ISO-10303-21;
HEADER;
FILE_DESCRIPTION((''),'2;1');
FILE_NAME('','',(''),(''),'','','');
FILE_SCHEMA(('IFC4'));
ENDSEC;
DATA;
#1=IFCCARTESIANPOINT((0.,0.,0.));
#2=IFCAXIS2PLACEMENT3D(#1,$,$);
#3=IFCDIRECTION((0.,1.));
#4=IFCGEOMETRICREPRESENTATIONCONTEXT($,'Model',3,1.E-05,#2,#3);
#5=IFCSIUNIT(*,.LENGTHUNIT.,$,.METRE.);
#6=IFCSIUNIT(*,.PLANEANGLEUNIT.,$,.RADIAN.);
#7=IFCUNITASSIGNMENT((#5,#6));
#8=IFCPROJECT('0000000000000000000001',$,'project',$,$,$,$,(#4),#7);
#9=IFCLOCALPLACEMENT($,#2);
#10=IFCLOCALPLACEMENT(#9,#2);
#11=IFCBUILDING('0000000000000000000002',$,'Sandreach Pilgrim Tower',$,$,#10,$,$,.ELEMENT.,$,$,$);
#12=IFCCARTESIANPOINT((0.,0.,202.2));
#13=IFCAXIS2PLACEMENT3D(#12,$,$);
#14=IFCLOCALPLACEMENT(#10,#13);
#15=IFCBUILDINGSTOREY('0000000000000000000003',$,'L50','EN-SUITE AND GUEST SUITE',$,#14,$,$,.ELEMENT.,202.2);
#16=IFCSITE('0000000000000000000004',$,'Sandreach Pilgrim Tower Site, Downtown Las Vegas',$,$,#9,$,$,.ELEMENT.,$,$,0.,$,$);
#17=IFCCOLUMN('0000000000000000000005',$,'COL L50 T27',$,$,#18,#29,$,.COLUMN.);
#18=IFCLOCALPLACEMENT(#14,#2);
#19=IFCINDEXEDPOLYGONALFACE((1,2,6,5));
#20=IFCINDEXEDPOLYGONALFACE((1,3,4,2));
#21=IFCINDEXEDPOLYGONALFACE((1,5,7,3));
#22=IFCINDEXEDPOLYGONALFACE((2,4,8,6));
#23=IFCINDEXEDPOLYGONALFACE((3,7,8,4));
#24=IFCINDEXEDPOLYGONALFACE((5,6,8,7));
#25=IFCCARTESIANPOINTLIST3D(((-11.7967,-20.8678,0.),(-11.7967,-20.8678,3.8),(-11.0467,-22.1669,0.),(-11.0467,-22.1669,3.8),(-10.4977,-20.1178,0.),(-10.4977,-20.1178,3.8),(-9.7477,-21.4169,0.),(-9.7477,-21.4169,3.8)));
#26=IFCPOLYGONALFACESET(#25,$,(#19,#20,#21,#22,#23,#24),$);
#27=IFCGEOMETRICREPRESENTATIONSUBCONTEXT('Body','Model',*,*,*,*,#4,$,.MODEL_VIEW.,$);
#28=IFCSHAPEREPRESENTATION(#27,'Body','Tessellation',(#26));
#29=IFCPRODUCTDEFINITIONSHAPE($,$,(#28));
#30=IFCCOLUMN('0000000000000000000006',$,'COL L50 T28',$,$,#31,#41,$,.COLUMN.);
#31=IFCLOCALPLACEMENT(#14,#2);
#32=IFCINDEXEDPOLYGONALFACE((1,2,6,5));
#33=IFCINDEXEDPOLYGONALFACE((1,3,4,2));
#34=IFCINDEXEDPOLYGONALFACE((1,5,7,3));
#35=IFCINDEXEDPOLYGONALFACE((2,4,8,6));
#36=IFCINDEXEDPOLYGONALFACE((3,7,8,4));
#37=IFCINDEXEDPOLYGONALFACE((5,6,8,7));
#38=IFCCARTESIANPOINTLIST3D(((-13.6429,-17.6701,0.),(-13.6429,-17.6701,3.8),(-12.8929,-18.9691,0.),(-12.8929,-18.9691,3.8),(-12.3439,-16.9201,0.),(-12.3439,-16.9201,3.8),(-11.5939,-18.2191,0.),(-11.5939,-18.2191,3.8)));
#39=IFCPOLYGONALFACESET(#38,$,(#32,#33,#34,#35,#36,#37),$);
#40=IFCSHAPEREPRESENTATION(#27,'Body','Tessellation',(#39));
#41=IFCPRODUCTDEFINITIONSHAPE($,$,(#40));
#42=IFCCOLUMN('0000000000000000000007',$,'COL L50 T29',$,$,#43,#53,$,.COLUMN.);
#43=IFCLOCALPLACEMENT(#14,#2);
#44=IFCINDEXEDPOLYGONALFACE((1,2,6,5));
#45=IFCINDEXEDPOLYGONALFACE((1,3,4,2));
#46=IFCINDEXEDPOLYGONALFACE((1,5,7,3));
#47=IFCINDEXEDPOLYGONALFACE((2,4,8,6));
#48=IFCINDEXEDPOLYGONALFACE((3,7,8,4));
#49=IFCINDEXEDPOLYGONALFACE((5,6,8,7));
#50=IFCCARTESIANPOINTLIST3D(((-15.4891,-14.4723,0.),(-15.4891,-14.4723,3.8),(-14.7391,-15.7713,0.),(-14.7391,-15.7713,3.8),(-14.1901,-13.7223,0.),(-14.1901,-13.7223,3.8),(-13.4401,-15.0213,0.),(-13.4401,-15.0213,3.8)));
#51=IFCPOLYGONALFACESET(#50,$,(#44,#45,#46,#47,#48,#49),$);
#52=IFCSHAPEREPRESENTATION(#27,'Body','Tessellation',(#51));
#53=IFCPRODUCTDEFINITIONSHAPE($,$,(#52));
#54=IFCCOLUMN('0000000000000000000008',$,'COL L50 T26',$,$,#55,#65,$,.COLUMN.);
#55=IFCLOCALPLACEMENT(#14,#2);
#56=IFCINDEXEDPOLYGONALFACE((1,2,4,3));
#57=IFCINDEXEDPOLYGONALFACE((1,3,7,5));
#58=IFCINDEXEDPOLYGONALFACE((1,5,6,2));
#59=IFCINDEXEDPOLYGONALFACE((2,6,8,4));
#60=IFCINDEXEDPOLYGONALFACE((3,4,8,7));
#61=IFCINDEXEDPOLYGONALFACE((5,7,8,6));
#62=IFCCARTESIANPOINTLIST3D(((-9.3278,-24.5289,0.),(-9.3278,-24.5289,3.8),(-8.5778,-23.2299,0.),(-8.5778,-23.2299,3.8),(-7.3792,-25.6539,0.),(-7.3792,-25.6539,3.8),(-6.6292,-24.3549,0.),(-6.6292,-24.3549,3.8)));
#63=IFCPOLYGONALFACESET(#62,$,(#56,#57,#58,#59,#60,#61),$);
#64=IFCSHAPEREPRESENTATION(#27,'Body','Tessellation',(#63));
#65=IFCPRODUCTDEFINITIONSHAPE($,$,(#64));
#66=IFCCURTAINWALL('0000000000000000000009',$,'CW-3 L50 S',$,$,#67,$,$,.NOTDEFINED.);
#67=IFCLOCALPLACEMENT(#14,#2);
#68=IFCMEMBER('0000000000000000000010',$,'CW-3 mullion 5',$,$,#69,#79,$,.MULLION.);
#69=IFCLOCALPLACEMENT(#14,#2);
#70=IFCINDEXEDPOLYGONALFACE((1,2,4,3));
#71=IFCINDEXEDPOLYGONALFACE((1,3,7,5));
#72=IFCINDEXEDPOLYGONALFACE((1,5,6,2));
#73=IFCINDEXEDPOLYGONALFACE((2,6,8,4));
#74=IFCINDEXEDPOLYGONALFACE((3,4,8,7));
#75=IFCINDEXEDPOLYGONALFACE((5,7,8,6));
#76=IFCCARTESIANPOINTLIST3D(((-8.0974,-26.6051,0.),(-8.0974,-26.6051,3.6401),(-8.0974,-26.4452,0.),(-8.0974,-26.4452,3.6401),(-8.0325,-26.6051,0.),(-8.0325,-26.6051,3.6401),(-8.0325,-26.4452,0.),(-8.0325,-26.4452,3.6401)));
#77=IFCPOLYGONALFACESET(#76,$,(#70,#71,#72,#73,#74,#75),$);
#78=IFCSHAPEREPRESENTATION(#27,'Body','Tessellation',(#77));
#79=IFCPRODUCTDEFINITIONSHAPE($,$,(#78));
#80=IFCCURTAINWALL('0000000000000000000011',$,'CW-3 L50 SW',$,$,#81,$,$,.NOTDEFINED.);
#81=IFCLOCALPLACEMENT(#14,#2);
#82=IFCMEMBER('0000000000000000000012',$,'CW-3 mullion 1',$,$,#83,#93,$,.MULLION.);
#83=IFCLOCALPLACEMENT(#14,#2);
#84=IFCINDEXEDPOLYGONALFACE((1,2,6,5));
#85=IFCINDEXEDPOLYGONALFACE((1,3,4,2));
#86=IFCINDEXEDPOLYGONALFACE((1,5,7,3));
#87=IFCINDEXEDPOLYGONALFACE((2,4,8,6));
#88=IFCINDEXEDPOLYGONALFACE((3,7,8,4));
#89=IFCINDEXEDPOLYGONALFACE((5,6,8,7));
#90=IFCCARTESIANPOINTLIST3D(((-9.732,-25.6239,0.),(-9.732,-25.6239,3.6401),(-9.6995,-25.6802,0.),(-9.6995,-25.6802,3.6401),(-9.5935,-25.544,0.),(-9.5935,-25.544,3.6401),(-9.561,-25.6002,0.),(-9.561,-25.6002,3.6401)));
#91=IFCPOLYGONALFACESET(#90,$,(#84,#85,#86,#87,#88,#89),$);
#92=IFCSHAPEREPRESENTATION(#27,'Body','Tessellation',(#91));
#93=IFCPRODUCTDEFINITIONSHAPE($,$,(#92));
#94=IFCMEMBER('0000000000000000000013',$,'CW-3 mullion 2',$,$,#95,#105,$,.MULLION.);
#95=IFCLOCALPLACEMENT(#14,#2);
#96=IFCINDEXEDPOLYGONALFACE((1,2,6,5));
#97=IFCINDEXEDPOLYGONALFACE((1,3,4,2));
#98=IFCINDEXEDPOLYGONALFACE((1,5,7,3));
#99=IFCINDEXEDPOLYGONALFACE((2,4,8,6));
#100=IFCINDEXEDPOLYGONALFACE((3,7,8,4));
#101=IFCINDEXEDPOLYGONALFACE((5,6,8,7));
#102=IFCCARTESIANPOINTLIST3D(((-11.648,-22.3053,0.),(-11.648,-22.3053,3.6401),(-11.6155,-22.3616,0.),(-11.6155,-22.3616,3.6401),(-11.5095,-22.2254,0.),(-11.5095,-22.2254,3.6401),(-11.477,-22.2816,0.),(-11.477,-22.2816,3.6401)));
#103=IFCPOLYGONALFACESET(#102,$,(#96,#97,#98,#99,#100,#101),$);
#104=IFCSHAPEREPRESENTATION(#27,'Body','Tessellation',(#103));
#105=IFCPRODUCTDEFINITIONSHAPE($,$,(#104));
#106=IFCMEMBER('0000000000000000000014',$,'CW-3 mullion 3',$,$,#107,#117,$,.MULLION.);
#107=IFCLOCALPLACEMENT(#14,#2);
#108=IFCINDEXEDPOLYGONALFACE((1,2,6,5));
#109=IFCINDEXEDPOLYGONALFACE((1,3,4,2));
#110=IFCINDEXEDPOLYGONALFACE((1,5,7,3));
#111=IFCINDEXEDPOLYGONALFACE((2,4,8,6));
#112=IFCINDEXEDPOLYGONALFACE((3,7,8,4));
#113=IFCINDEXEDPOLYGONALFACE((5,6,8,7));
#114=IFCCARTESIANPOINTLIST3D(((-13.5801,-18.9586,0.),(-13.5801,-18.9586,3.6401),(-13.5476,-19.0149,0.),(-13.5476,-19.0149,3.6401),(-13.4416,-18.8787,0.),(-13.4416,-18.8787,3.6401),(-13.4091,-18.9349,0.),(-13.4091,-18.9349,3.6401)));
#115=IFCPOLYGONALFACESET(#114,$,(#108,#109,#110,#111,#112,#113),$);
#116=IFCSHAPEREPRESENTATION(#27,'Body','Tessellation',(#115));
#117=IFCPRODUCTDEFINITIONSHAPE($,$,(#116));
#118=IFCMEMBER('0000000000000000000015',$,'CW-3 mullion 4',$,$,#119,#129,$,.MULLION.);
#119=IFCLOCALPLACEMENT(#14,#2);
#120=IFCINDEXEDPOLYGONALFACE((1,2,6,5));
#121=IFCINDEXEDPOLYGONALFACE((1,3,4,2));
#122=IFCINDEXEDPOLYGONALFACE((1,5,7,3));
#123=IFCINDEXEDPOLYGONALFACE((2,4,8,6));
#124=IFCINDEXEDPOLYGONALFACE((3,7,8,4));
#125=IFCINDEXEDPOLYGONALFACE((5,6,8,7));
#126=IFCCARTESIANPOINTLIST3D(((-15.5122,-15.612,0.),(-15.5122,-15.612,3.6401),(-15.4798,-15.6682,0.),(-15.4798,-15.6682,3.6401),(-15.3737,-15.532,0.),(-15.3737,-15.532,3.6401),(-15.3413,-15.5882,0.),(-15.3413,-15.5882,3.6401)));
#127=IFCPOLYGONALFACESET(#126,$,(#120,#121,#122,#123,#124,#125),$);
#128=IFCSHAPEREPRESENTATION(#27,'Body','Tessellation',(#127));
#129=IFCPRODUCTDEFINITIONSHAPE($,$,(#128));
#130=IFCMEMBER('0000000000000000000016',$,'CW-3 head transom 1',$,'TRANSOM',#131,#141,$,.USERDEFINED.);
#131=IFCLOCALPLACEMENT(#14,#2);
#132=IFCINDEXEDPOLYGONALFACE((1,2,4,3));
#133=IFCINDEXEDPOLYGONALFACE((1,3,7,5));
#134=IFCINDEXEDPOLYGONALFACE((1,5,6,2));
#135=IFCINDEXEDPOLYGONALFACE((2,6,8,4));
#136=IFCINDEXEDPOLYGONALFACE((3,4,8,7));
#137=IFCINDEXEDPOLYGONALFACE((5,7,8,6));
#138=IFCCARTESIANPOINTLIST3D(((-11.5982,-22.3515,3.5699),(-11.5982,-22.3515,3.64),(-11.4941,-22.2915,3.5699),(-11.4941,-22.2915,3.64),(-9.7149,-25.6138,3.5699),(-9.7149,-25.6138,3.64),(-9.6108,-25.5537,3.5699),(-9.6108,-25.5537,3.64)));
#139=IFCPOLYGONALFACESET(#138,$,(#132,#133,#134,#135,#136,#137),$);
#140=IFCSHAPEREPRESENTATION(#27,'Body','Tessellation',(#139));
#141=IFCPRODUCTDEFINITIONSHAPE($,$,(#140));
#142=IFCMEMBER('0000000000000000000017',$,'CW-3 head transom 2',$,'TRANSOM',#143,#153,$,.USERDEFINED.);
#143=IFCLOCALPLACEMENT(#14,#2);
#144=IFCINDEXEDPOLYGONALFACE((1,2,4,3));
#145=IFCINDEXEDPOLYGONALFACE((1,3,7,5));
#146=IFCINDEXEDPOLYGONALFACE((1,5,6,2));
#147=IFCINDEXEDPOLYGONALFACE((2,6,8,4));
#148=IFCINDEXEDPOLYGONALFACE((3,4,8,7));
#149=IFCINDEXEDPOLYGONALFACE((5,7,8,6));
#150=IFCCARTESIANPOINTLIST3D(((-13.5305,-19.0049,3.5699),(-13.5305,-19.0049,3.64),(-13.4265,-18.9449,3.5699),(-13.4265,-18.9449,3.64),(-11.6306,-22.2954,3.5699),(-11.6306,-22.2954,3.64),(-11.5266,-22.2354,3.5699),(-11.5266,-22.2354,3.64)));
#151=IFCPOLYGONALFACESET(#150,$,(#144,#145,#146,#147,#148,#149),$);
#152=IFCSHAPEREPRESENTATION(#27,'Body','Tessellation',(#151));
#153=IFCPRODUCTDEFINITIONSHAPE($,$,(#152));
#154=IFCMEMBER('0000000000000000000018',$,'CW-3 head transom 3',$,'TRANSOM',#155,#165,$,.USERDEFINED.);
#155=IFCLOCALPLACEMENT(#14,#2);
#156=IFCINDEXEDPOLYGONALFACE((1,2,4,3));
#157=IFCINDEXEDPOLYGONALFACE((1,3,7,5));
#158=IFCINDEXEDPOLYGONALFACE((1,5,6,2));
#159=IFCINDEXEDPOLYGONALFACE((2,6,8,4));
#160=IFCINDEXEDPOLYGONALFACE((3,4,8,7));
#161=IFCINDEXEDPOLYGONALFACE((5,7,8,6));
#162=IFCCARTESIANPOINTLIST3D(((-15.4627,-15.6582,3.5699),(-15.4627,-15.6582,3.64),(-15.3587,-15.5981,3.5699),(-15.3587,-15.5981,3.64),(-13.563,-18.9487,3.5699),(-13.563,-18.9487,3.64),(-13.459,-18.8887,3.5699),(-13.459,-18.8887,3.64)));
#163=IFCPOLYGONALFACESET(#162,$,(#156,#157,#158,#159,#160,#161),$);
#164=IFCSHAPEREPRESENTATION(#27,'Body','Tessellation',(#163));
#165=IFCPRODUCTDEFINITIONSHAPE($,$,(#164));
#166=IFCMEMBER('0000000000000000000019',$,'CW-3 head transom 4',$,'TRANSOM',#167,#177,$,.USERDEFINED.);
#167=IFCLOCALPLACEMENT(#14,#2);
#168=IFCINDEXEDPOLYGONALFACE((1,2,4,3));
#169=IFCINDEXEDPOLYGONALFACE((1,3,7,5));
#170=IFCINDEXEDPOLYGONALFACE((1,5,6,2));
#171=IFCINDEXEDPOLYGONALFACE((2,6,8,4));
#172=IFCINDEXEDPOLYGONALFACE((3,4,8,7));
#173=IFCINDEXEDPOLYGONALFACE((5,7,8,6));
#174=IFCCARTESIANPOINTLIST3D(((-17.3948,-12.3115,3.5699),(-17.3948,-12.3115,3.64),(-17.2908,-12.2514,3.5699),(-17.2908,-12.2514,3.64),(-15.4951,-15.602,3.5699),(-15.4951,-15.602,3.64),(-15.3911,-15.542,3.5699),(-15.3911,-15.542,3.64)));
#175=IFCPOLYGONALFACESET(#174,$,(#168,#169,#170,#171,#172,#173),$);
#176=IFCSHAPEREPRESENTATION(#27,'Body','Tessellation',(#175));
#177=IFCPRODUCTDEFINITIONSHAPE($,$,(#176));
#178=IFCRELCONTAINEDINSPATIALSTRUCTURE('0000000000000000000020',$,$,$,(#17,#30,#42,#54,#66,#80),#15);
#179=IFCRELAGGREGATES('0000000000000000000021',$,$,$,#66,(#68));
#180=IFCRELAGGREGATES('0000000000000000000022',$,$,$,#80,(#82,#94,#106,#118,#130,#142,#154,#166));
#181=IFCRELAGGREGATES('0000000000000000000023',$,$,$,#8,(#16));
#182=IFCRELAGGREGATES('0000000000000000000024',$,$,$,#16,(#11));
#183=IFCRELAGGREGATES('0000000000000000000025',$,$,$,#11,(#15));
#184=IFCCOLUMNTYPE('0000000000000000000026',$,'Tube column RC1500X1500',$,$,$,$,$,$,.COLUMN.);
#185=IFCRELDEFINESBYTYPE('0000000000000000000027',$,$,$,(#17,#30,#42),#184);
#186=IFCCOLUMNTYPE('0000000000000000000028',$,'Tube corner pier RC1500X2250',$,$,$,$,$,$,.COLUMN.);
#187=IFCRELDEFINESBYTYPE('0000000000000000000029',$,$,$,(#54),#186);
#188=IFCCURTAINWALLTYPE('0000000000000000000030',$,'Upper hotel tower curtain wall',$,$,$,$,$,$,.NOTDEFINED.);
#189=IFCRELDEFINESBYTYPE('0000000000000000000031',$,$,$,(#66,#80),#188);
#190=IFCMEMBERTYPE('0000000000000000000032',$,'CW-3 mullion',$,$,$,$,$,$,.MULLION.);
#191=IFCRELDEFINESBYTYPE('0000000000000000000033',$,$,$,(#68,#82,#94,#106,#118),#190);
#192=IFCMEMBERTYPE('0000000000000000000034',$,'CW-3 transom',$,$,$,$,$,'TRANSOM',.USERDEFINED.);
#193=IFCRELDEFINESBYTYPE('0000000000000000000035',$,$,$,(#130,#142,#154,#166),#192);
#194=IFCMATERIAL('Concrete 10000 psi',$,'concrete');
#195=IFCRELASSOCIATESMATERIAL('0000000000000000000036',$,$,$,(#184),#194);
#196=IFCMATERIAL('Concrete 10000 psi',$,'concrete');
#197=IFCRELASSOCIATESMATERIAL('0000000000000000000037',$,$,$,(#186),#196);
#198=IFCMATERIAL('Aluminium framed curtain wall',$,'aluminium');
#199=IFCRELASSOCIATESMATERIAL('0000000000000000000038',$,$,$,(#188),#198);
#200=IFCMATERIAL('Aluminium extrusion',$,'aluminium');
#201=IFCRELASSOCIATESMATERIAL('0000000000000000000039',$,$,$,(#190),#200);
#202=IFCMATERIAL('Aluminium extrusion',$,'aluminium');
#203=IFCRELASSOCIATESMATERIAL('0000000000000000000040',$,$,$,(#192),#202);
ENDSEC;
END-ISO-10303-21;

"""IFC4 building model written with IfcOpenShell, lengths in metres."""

from ifc_helpers import new_model, si_unit, direction, frame, origin, origin_2d, place, context, subcontext, project, spatial, rectangle, extrude, material, material_profile, profile_set, type_object, element, aggregate, save


model = new_model("IFC4")

# Units and contexts
model_context = context("Model", 3, precision=1e-05, world=origin(), true_north=direction((0.0, 1.0)))
body_context = subcontext(model_context, "Body", "Model", "MODEL_VIEW")
ifc_project = project(units=[si_unit("LENGTHUNIT", "METRE"), si_unit("PLANEANGLEUNIT", "RADIAN")], contexts=[model_context])

# Site, building, storey
site_placement = place(None, origin())
site = spatial("IfcSite", under=ifc_project, at=site_placement, Name="Sandreach Pilgrim Tower Site, Downtown Las Vegas", CompositionType="ELEMENT", RefElevation=0.0)
building_placement = place(site_placement, origin())
building = spatial("IfcBuilding", under=site, at=building_placement, Name="Sandreach Pilgrim Tower", CompositionType="ELEMENT")
storey_placement = place(building_placement, frame((0.0, 0.0, 202.2)))
storey = spatial("IfcBuildingStorey", under=building, at=storey_placement, Name="L50", Description="EN-SUITE AND GUEST SUITE", CompositionType="ELEMENT", Elevation=202.2)

# Columns
ifc_material_1 = material(Name="Concrete 10000 psi", Category="concrete")
ifc_material_profile_1 = material_profile(ifc_material_1, rectangle(XDim=1.5, YDim=1.5, at=origin_2d()), Name="RC1500X1500")
ifc_profile_set_1 = profile_set([ifc_material_profile_1], Name="Concrete 10000 psi")
column_type_1 = type_object("IfcColumnType", Name="Tube column RC1500X1500", PredefinedType="COLUMN", material=ifc_profile_set_1)
for number, where, z_axis, x_axis, name in (
    (1, (-10.7722, -21.1423, 0.0), (0.0, 0.0, 1.0), (-0.866025, -0.5, 0.0), "COL L50 T27"),
    (2, (-12.6184, -17.9446, 0.0), (0.0, 0.0, 1.0), (-0.866025, -0.5, 0.0), "COL L50 T28"),
    (3, (-14.4646, -14.7468, 0.0), (0.0, 0.0, 1.0), (-0.866025, -0.5, 0.0), "COL L50 T29"),
):
    element("IfcColumn", number, at=place(storey_placement, frame(where, z_axis=z_axis, x_axis=x_axis)), inside=storey, type_object=column_type_1, Name=name, PredefinedType="COLUMN", context=body_context, shape_type="SweptSolid", body=[
        extrude(rectangle(XDim=1.5, YDim=1.5, at=origin_2d()), origin(), (0.0, 0.0, 1.0), 3.8),
    ])
ifc_material_2 = material(Name="Concrete 10000 psi", Category="concrete")
ifc_material_profile_2 = material_profile(ifc_material_2, rectangle(XDim=1.5, YDim=2.25, at=origin_2d()), Name="RC1500X2250")
ifc_profile_set_2 = profile_set([ifc_material_profile_2], Name="Concrete 10000 psi")
column_type_2 = type_object("IfcColumnType", Name="Tube corner pier RC1500X2250", PredefinedType="COLUMN", material=ifc_profile_set_2)
column_placement = place(storey_placement, frame((-7.9785, -24.4419, 0.0), z_axis=(0.0, 0.0, 1.0), x_axis=(-0.5, -0.866025, 0.0)))
element("IfcColumn", 4, at=column_placement, inside=storey, type_object=column_type_2, Name="COL L50 T26", PredefinedType="COLUMN", context=body_context, shape_type="SweptSolid", body=[
    extrude(rectangle(XDim=1.5, YDim=2.25, at=origin_2d()), origin(), (0.0, 0.0, 1.0), 3.8),
])

# Curtain wall, member
ifc_material_3 = material(Name="Aluminium framed curtain wall", Category="aluminium")
curtain_wall_type = type_object("IfcCurtainWallType", Name="Upper hotel tower curtain wall", PredefinedType="NOTDEFINED", material=ifc_material_3)
curtain_wall_1_placement = place(storey_placement, origin())
curtain_wall_1 = element("IfcCurtainWall", 5, at=curtain_wall_1_placement, inside=storey, type_object=curtain_wall_type, Name="CW-3 L50 S", PredefinedType="NOTDEFINED")
ifc_material_4 = material(Name="Aluminium extrusion", Category="aluminium")
ifc_material_profile_3 = material_profile(ifc_material_4, rectangle(XDim=0.0649, YDim=0.1599, at=origin_2d()), Name="CW-3M 65X160")
ifc_profile_set_3 = profile_set([ifc_material_profile_3], Name="Aluminium extrusion")
member_type_1 = type_object("IfcMemberType", Name="CW-3 mullion", PredefinedType="MULLION", material=ifc_profile_set_3)
member_1_placement = place(storey_placement, frame((-8.0649, -26.5251, 0.0), z_axis=(0.0, 0.0, 1.0), x_axis=(-1.0, 0.0, 0.0)))
member_1 = element("IfcMember", 6, at=member_1_placement, type_object=member_type_1, Name="CW-3 mullion 5", PredefinedType="MULLION", context=body_context, shape_type="SweptSolid", body=[
    extrude(rectangle(XDim=0.0649, YDim=0.1599, at=origin_2d()), origin(), (0.0, 0.0, 1.0), 3.6401),
])
aggregate(curtain_wall_1, [member_1])

# Curtain wall, members
curtain_wall_2_placement = place(storey_placement, origin())
curtain_wall_2 = element("IfcCurtainWall", 7, at=curtain_wall_2_placement, inside=storey, type_object=curtain_wall_type, Name="CW-3 L50 SW", PredefinedType="NOTDEFINED")
member_2_placement = place(storey_placement, frame((-9.6465, -25.6121, 0.0), z_axis=(0.0, 0.0, 1.0), x_axis=(-0.5, 0.866025, 0.0)))
member_2 = element("IfcMember", 8, at=member_2_placement, type_object=member_type_1, Name="CW-3 mullion 1", PredefinedType="MULLION", context=body_context, shape_type="SweptSolid", body=[
    extrude(rectangle(XDim=0.0649, YDim=0.1599, at=origin_2d()), origin(), (0.0, 0.0, 1.0), 3.6401),
])
member_3_placement = place(storey_placement, frame((-11.5625, -22.2935, 0.0), z_axis=(0.0, 0.0, 1.0), x_axis=(-0.5, 0.866025, 0.0)))
member_3 = element("IfcMember", 9, at=member_3_placement, type_object=member_type_1, Name="CW-3 mullion 2", PredefinedType="MULLION", context=body_context, shape_type="SweptSolid", body=[
    extrude(rectangle(XDim=0.0649, YDim=0.1599, at=origin_2d()), origin(), (0.0, 0.0, 1.0), 3.6401),
])
member_4_placement = place(storey_placement, frame((-13.4946, -18.9468, 0.0), z_axis=(0.0, 0.0, 1.0), x_axis=(-0.5, 0.866025, 0.0)))
member_4 = element("IfcMember", 10, at=member_4_placement, type_object=member_type_1, Name="CW-3 mullion 3", PredefinedType="MULLION", context=body_context, shape_type="SweptSolid", body=[
    extrude(rectangle(XDim=0.0649, YDim=0.1599, at=origin_2d()), origin(), (0.0, 0.0, 1.0), 3.6401),
])
member_5_placement = place(storey_placement, frame((-15.4268, -15.6001, 0.0), z_axis=(0.0, 0.0, 1.0), x_axis=(-0.5, 0.866025, 0.0)))
member_5 = element("IfcMember", 11, at=member_5_placement, type_object=member_type_1, Name="CW-3 mullion 4", PredefinedType="MULLION", context=body_context, shape_type="SweptSolid", body=[
    extrude(rectangle(XDim=0.0649, YDim=0.1599, at=origin_2d()), origin(), (0.0, 0.0, 1.0), 3.6401),
])
ifc_material_5 = material(Name="Aluminium extrusion", Category="aluminium")
ifc_material_profile_4 = material_profile(ifc_material_5, rectangle(XDim=0.1201, YDim=0.0701, at=origin_2d()), Name="CW-3T 120X70")
ifc_profile_set_4 = profile_set([ifc_material_profile_4], Name="Aluminium extrusion")
member_type_2 = type_object("IfcMemberType", Name="CW-3 transom", ElementType="TRANSOM", PredefinedType="USERDEFINED", material=ifc_profile_set_4)
member_6_placement = place(storey_placement, frame((-9.6628, -25.5837, 3.605), z_axis=(-0.499973, 0.866041, 0.0), x_axis=(-0.866041, -0.499973, 0.0)))
member_6 = element("IfcMember", 12, at=member_6_placement, type_object=member_type_2, Name="CW-3 head transom 1", ObjectType="TRANSOM", PredefinedType="USERDEFINED", context=body_context, shape_type="SweptSolid", body=[
    extrude(rectangle(XDim=0.1201, YDim=0.0701, at=origin_2d()), origin(), (0.0, 0.0, 1.0), 3.7668),
])
member_7_placement = place(storey_placement, frame((-11.5786, -22.2654, 3.605), z_axis=(-0.500023, 0.866012, 0.0), x_axis=(-0.866012, -0.500023, 0.0)))
member_7 = element("IfcMember", 13, at=member_7_placement, type_object=member_type_2, Name="CW-3 head transom 2", ObjectType="TRANSOM", PredefinedType="USERDEFINED", context=body_context, shape_type="SweptSolid", body=[
    extrude(rectangle(XDim=0.1201, YDim=0.0701, at=origin_2d()), origin(), (0.0, 0.0, 1.0), 3.7996),
])
member_8_placement = place(storey_placement, frame((-13.511, -18.9187, 3.605), z_axis=(-0.499975, 0.86604, 0.0), x_axis=(-0.86604, -0.499975, 0.0)))
member_8 = element("IfcMember", 14, at=member_8_placement, type_object=member_type_2, Name="CW-3 head transom 3", ObjectType="TRANSOM", PredefinedType="USERDEFINED", context=body_context, shape_type="SweptSolid", body=[
    extrude(rectangle(XDim=0.1201, YDim=0.0701, at=origin_2d()), origin(), (0.0, 0.0, 1.0), 3.7996),
])
member_9_placement = place(storey_placement, frame((-15.4431, -15.572, 3.605), z_axis=(-0.499975, 0.86604, 0.0), x_axis=(-0.86604, -0.499975, 0.0)))
member_9 = element("IfcMember", 15, at=member_9_placement, type_object=member_type_2, Name="CW-3 head transom 4", ObjectType="TRANSOM", PredefinedType="USERDEFINED", context=body_context, shape_type="SweptSolid", body=[
    extrude(rectangle(XDim=0.1201, YDim=0.0701, at=origin_2d()), origin(), (0.0, 0.0, 1.0), 3.7996),
])

aggregate(curtain_wall_2, [member_2, member_3, member_4, member_5, member_6, member_7, member_8, member_9])

save(model, "model.ifc")
